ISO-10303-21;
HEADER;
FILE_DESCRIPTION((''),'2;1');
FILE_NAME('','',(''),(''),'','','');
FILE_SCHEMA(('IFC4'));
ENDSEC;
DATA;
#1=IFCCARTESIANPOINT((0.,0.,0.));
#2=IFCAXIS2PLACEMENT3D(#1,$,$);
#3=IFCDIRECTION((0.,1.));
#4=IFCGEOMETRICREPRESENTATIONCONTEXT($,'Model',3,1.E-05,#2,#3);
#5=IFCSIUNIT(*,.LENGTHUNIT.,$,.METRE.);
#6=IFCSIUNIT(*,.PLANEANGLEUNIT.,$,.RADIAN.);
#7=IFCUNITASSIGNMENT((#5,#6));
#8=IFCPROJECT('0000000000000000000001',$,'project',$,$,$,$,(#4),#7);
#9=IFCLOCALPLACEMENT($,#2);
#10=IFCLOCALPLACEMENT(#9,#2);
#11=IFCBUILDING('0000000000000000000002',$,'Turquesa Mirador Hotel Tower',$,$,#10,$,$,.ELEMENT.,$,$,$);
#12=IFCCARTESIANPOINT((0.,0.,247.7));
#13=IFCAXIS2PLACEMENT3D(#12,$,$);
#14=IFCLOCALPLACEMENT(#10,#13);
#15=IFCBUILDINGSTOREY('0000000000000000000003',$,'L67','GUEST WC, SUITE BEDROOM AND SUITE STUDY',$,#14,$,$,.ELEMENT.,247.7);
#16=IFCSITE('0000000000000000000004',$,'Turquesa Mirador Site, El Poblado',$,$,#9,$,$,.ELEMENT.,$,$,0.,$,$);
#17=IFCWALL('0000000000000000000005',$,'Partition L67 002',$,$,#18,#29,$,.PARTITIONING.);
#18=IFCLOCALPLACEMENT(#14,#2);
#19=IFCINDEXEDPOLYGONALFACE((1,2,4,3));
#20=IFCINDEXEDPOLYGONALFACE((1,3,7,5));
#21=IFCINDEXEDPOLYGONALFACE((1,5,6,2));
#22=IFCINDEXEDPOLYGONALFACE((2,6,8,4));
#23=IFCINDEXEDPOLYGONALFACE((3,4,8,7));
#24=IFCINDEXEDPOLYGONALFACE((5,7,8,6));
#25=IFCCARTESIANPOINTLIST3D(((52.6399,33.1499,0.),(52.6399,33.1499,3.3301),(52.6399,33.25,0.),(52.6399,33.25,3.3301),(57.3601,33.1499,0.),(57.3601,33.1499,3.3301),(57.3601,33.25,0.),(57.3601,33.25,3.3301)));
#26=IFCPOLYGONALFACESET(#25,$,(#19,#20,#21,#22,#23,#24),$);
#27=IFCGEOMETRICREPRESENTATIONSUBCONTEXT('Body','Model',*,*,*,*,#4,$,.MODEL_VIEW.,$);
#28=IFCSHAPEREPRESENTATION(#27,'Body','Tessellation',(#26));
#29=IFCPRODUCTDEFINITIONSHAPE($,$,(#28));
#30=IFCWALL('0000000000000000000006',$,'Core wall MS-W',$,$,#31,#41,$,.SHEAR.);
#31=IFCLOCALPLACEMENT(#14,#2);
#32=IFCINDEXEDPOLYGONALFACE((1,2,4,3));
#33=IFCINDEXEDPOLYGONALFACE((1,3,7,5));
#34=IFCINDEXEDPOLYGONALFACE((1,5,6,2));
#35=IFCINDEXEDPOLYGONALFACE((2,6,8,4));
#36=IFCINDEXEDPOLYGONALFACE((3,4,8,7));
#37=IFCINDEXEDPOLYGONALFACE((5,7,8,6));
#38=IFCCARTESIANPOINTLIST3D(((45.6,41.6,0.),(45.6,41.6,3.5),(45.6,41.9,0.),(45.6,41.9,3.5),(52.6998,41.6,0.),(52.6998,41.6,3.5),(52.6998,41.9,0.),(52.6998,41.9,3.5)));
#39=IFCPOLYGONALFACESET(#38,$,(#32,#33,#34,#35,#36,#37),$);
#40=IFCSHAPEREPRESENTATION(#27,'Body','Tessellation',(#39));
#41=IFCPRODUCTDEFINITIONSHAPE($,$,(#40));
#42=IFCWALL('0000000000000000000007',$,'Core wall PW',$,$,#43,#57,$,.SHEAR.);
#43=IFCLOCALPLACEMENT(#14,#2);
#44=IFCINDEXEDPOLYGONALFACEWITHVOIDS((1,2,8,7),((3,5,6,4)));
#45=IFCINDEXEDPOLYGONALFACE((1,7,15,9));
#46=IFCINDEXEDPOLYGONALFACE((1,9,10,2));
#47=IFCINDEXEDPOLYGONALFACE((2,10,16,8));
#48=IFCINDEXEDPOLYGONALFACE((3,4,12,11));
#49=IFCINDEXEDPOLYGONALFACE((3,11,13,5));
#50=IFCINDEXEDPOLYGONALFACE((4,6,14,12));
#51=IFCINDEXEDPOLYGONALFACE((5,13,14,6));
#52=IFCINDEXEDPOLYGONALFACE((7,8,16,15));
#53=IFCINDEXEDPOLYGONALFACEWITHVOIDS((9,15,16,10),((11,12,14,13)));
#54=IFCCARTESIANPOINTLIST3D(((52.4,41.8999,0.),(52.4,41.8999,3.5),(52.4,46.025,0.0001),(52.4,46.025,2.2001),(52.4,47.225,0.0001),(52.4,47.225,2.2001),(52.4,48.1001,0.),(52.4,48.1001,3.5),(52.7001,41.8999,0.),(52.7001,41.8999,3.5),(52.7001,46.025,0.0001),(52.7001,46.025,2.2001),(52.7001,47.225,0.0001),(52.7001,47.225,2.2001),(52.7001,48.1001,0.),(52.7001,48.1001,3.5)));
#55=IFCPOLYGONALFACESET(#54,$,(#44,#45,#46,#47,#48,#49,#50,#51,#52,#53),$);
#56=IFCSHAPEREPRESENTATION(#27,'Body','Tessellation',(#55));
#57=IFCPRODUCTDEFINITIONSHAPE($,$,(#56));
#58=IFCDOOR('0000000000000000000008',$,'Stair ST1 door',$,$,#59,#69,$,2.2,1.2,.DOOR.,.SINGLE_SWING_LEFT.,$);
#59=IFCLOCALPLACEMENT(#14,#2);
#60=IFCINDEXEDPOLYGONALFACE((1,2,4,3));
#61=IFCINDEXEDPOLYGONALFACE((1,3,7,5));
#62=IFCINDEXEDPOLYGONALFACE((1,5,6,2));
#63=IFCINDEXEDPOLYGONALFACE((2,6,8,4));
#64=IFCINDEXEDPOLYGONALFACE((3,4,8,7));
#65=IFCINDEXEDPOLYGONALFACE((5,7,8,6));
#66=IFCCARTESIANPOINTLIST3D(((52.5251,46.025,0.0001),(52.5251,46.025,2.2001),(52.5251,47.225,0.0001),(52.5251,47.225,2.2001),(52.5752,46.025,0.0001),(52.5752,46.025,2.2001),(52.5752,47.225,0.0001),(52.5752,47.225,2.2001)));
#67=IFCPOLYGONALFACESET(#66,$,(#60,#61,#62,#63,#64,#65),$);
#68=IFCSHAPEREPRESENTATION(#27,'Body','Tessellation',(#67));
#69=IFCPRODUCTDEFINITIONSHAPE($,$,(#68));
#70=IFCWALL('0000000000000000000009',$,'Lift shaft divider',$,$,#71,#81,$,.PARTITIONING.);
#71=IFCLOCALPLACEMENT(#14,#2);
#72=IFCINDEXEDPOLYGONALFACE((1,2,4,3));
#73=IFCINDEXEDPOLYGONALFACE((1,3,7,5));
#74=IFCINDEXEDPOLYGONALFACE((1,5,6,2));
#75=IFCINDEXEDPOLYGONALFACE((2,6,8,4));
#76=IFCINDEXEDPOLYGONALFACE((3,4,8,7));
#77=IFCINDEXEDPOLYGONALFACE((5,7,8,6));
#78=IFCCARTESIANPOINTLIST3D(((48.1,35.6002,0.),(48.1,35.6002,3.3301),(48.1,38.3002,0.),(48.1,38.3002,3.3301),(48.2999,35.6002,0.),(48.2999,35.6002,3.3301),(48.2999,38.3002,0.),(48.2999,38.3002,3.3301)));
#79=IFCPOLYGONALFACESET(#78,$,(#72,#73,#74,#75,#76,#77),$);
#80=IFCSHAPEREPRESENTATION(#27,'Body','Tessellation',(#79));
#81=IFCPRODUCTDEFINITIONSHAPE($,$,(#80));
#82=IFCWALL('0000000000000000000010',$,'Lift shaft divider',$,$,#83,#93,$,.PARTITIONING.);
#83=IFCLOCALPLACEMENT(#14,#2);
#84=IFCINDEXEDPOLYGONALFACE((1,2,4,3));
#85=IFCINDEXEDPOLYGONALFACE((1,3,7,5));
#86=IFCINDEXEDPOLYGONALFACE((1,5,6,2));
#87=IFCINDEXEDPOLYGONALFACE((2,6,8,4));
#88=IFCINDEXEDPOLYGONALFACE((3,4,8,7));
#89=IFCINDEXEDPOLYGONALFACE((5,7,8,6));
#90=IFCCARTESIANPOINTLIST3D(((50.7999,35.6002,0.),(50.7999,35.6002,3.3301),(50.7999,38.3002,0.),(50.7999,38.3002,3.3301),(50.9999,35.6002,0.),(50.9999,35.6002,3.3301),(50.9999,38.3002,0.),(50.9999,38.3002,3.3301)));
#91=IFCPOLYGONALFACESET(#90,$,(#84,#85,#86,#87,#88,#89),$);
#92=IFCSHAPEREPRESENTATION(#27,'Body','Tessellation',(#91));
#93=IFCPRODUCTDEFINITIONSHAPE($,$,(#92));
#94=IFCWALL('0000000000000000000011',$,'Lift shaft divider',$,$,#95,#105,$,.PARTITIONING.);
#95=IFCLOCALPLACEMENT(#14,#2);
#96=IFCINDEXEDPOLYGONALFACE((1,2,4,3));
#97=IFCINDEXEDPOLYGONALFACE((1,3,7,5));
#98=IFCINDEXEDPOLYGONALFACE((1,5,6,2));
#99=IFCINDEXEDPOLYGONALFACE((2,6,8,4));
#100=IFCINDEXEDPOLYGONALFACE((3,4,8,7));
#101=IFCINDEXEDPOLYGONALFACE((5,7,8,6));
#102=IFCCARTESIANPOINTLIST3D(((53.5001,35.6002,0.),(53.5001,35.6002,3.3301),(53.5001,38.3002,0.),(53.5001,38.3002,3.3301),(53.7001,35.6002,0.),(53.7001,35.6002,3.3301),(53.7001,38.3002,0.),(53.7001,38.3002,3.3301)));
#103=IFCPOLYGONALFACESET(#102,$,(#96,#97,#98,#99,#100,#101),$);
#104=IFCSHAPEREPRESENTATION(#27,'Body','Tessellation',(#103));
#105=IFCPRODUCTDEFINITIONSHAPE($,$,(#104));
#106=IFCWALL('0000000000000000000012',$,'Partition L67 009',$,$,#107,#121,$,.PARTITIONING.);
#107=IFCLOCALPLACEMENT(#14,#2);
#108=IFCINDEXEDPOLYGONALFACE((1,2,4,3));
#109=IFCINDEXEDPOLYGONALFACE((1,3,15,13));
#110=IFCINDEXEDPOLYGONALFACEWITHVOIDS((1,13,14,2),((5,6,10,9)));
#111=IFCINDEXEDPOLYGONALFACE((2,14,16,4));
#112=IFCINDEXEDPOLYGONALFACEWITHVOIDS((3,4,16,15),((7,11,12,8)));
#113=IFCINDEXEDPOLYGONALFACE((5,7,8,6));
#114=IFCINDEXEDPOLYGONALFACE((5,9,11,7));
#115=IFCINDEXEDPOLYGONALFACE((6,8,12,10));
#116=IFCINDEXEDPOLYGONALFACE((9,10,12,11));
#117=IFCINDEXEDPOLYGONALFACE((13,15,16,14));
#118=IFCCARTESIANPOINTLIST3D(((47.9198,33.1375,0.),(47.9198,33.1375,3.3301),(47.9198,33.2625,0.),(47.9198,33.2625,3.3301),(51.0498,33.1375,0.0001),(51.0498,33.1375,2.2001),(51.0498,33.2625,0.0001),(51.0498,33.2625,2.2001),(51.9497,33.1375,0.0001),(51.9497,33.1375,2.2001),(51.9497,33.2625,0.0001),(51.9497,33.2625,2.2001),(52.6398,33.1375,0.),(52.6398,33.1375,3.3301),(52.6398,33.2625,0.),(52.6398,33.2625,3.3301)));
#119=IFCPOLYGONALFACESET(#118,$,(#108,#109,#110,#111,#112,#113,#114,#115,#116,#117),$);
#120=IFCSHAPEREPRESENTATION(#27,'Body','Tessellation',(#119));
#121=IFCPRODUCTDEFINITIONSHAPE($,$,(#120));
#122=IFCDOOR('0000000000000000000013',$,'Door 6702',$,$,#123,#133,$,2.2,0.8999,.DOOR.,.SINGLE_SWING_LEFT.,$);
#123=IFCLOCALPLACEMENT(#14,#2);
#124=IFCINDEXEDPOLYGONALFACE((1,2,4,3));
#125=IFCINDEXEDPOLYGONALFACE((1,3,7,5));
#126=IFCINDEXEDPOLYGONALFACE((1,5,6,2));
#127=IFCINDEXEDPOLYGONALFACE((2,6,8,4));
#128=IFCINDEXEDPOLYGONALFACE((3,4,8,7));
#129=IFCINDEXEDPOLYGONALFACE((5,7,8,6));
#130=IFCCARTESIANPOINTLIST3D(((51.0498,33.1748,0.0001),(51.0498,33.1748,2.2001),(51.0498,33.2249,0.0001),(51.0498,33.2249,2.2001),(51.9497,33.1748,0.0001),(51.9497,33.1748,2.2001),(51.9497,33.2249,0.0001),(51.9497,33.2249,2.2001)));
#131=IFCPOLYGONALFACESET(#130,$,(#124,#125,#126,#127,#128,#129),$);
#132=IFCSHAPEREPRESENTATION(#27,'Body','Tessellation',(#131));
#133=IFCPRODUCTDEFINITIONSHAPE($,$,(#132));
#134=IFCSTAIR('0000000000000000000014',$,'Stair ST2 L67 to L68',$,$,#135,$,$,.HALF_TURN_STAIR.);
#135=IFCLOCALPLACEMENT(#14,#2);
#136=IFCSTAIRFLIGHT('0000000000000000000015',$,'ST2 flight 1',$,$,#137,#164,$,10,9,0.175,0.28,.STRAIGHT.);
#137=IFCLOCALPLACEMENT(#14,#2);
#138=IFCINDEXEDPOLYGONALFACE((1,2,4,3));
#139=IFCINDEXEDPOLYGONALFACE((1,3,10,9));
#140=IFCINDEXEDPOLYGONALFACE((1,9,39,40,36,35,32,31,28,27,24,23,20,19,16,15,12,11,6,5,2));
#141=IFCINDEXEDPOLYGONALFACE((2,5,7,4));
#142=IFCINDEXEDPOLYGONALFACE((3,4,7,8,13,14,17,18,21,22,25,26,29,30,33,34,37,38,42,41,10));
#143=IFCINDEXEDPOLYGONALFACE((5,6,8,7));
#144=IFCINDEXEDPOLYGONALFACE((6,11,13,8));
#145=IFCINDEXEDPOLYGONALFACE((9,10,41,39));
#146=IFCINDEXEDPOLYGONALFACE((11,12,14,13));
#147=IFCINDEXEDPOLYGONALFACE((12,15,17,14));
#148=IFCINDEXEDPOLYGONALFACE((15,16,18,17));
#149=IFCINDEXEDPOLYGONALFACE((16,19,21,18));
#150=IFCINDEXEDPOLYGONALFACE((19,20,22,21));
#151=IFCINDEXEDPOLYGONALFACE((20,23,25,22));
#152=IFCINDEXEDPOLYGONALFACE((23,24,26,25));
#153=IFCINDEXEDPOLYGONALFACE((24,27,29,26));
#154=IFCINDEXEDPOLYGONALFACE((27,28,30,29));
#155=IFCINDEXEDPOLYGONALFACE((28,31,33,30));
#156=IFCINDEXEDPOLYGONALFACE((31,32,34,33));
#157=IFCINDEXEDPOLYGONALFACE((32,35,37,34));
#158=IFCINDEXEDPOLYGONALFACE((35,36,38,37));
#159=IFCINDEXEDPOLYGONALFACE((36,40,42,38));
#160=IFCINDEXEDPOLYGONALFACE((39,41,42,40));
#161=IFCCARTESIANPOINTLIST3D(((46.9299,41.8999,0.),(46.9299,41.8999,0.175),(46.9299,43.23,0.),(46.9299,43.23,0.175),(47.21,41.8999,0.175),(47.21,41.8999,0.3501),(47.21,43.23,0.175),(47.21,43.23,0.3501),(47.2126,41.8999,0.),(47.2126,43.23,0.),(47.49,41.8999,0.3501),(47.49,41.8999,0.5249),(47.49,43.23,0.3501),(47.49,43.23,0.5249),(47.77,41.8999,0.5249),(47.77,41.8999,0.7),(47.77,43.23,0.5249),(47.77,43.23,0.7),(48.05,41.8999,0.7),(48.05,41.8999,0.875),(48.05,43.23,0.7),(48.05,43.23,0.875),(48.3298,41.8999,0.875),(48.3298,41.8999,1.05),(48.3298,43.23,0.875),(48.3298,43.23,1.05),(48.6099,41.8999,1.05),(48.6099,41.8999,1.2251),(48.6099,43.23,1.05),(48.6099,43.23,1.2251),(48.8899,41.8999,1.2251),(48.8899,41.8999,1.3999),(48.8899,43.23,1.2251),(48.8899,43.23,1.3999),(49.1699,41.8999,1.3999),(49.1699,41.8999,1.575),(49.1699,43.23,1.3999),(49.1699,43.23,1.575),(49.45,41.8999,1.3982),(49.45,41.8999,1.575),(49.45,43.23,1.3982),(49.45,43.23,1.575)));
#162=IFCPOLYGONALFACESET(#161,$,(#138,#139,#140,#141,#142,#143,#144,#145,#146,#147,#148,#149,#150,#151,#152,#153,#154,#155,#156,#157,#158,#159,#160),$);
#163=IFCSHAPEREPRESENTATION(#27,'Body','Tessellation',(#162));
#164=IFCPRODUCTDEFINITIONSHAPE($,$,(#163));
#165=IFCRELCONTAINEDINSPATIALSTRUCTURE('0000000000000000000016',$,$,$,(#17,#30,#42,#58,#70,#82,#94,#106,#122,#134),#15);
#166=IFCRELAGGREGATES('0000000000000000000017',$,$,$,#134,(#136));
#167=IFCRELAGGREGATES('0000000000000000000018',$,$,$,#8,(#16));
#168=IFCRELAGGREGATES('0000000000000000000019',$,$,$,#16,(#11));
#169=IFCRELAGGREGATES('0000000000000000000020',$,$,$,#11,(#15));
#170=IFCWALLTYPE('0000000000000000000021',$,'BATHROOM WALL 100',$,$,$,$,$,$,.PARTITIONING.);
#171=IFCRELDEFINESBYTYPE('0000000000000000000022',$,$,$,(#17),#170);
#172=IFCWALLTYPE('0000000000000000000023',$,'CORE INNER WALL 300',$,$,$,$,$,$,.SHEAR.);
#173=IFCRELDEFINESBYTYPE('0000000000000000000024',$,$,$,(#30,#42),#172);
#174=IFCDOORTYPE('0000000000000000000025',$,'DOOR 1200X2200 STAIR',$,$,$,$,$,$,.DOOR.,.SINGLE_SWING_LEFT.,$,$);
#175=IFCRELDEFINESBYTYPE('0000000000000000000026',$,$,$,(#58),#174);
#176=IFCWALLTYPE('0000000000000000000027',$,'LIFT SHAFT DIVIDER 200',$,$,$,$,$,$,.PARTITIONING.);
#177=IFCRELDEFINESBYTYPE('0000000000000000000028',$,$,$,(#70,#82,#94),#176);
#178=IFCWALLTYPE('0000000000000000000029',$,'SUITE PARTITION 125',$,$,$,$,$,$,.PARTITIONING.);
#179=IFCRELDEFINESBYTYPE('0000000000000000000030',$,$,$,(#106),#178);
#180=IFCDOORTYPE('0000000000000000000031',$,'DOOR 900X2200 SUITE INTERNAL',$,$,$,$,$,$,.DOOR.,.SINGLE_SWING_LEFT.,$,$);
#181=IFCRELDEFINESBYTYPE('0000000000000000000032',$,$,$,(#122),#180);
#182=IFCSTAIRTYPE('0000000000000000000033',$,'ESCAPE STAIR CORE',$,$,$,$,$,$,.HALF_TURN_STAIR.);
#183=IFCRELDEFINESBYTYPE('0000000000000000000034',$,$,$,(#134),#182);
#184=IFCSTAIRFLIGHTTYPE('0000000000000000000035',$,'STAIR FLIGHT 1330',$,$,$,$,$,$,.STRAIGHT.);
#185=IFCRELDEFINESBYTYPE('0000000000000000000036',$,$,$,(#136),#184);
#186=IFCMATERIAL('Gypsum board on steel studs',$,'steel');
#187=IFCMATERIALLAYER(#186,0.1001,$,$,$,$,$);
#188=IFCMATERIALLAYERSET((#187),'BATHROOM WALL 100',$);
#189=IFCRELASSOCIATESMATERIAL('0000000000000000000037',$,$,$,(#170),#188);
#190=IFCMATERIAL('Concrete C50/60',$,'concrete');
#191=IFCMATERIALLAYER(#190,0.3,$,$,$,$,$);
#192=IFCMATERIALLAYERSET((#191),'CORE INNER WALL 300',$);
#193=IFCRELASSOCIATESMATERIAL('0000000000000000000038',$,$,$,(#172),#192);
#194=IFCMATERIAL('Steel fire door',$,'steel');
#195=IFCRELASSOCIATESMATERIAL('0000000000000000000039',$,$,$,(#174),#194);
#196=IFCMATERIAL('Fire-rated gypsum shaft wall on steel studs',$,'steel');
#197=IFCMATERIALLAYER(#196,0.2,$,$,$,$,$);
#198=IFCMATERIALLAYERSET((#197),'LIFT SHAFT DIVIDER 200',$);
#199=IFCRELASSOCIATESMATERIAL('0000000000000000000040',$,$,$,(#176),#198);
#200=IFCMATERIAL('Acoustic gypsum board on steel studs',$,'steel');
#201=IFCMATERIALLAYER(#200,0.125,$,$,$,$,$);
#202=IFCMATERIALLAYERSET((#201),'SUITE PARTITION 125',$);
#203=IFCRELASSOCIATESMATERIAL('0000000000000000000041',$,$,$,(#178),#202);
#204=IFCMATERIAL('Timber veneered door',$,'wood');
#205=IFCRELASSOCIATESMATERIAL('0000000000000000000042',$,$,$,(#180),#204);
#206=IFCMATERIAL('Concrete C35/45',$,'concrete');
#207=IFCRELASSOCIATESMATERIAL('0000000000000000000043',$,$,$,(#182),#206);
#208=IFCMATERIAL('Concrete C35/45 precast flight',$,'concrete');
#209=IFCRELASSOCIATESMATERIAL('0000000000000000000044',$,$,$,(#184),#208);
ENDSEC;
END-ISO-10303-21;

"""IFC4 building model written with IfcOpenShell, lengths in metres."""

from ifc_helpers import new_model, si_unit, direction, frame, frame_2d, origin, place, context, subcontext, project, spatial, polyline, rectangle, outline, extrude, material, layer, layer_set, type_object, element, fill, aggregate, save


model = new_model("IFC4")

# Units and contexts
model_context = context("Model", 3, precision=1e-05, world=origin(), true_north=direction((0.0, 1.0)))
body_context = subcontext(model_context, "Body", "Model", "MODEL_VIEW")
ifc_project = project(units=[si_unit("LENGTHUNIT", "METRE"), si_unit("PLANEANGLEUNIT", "RADIAN")], contexts=[model_context])

# Site, building, storey
site_placement = place(None, origin())
site = spatial("IfcSite", under=ifc_project, at=site_placement, Name="Turquesa Mirador Site, El Poblado", CompositionType="ELEMENT", RefElevation=0.0)
building_placement = place(site_placement, origin())
building = spatial("IfcBuilding", under=site, at=building_placement, Name="Turquesa Mirador Hotel Tower", CompositionType="ELEMENT")
storey_placement = place(building_placement, frame((0.0, 0.0, 247.7)))
storey = spatial("IfcBuildingStorey", under=building, at=storey_placement, Name="L67", Description="GUEST WC, SUITE BEDROOM AND SUITE STUDY", CompositionType="ELEMENT", Elevation=247.7)

# Walls
ifc_material_1 = material(Name="Gypsum board on steel studs", Category="steel")
ifc_layer_1 = layer(ifc_material_1, 0.1001)
ifc_layer_set_1 = layer_set([ifc_layer_1], Name="BATHROOM WALL 100")
wall_type_1 = type_object("IfcWallType", Name="BATHROOM WALL 100", PredefinedType="PARTITIONING", material=ifc_layer_set_1)
wall_1_placement = place(storey_placement, frame((52.6399, 33.2, 0.0), z_axis=(0.0, 0.0, 1.0), x_axis=(1.0, 0.0, 0.0)))
element("IfcWall", 1, at=wall_1_placement, inside=storey, type_object=wall_type_1, Name="Partition L67 002", PredefinedType="PARTITIONING", context=body_context, shape_type="SweptSolid", body=[
    extrude(rectangle(XDim=4.7202, YDim=0.1001, at=frame_2d((2.3601, 0.0))), origin(), (0.0, 0.0, 1.0), 3.3301),
])
ifc_material_2 = material(Name="Concrete C50/60", Category="concrete")
ifc_layer_2 = layer(ifc_material_2, 0.3)
ifc_layer_set_2 = layer_set([ifc_layer_2], Name="CORE INNER WALL 300")
wall_type_2 = type_object("IfcWallType", Name="CORE INNER WALL 300", PredefinedType="SHEAR", material=ifc_layer_set_2)
wall_2_placement = place(storey_placement, frame((45.6001, 41.75, 0.0), z_axis=(0.0, 0.0, 1.0), x_axis=(1.0, 0.0, 0.0)))
element("IfcWall", 2, at=wall_2_placement, inside=storey, type_object=wall_type_2, Name="Core wall MS-W", PredefinedType="SHEAR", context=body_context, shape_type="SweptSolid", body=[
    extrude(rectangle(XDim=7.0999, YDim=0.3, at=frame_2d((3.5498, 0.0))), origin(), (0.0, 0.0, 1.0), 3.5),
])

# Wall, opening, door
wall_3_placement = place(storey_placement, frame((52.55, 41.8999, 0.0), z_axis=(0.0, 0.0, 1.0), x_axis=(0.0, 1.0, 0.0)))
wall_3 = element("IfcWall", 3, at=wall_3_placement, inside=storey, type_object=wall_type_2, Name="Core wall PW", PredefinedType="SHEAR", context=body_context, shape_type="SweptSolid", body=[
    extrude(rectangle(XDim=6.2002, YDim=0.3, at=frame_2d((3.1001, 0.0))), origin(), (0.0, 0.0, 1.0), 3.5),
])
opening_1_placement = place(wall_3_placement, frame((4.125, 0.0, 0.0)))
opening_1 = element("IfcOpeningElement", 4, at=opening_1_placement, cuts=wall_3, PredefinedType="OPENING", context=body_context, shape_type="SweptSolid", body=[
    extrude(rectangle(XDim=1.2, YDim=2.2, at=frame_2d((0.6001, 1.1001))), frame((0.0, 0.1599, 0.0), z_axis=(0.0, -1.0, 0.0), x_axis=(1.0, 0.0, 0.0)), (0.0, 0.0, 1.0), 0.3201),
])
ifc_material_3 = material(Name="Steel fire door", Category="steel")
door_type_1 = type_object("IfcDoorType", Name="DOOR 1200X2200 STAIR", OperationType="SINGLE_SWING_LEFT", PredefinedType="DOOR", material=ifc_material_3)
door_1_placement = place(opening_1_placement, origin())
door_1 = element("IfcDoor", 5, at=door_1_placement, inside=storey, type_object=door_type_1, Name="Stair ST1 door", OperationType="SINGLE_SWING_LEFT", OverallHeight=2.2, OverallWidth=1.2, PredefinedType="DOOR", context=body_context, shape_type="SweptSolid", body=[
    extrude(rectangle(XDim=1.2, YDim=2.2, at=frame_2d((0.6001, 1.1001))), frame((0.0, 0.0249, 0.0), z_axis=(0.0, -1.0, 0.0), x_axis=(1.0, 0.0, 0.0)), (0.0, 0.0, 1.0), 0.05),
])
fill(opening_1, door_1)

# Walls
ifc_material_4 = material(Name="Fire-rated gypsum shaft wall on steel studs", Category="steel")
ifc_layer_3 = layer(ifc_material_4, 0.2)
ifc_layer_set_3 = layer_set([ifc_layer_3], Name="LIFT SHAFT DIVIDER 200")
wall_type_3 = type_object("IfcWallType", Name="LIFT SHAFT DIVIDER 200", PredefinedType="PARTITIONING", material=ifc_layer_set_3)
for number, where, z_axis, x_axis, name in (
    (6, (48.2, 35.6001, 0.0), (0.0, 0.0, 1.0), (0.0, 1.0, 0.0), "Lift shaft divider"),
    (7, (50.8999, 35.6001, 0.0), (0.0, 0.0, 1.0), (0.0, 1.0, 0.0), "Lift shaft divider"),
    (8, (53.6001, 35.6001, 0.0), (0.0, 0.0, 1.0), (0.0, 1.0, 0.0), "Lift shaft divider"),
):
    element("IfcWall", number, at=place(storey_placement, frame(where, z_axis=z_axis, x_axis=x_axis)), inside=storey, type_object=wall_type_3, Name=name, PredefinedType="PARTITIONING", context=body_context, shape_type="SweptSolid", body=[
        extrude(rectangle(XDim=2.7, YDim=0.2, at=frame_2d((1.3501, 0.0))), origin(), (0.0, 0.0, 1.0), 3.3301),
    ])

# Wall, opening, door
ifc_material_5 = material(Name="Acoustic gypsum board on steel studs", Category="steel")
ifc_layer_4 = layer(ifc_material_5, 0.125)
ifc_layer_set_4 = layer_set([ifc_layer_4], Name="SUITE PARTITION 125")
wall_type_4 = type_object("IfcWallType", Name="SUITE PARTITION 125", PredefinedType="PARTITIONING", material=ifc_layer_set_4)
wall_4_placement = place(storey_placement, frame((47.9199, 33.2, 0.0), z_axis=(0.0, 0.0, 1.0), x_axis=(1.0, 0.0, 0.0)))
wall_4 = element("IfcWall", 9, at=wall_4_placement, inside=storey, type_object=wall_type_4, Name="Partition L67 009", PredefinedType="PARTITIONING", context=body_context, shape_type="SweptSolid", body=[
    extrude(rectangle(XDim=4.72, YDim=0.125, at=frame_2d((2.3599, 0.0))), origin(), (0.0, 0.0, 1.0), 3.3301),
])
opening_2_placement = place(wall_4_placement, frame((3.1299, 0.0, 0.0)))
opening_2 = element("IfcOpeningElement", 10, at=opening_2_placement, cuts=wall_4, PredefinedType="OPENING", context=body_context, shape_type="SweptSolid", body=[
    extrude(rectangle(XDim=0.8999, YDim=2.2, at=frame_2d((0.45, 1.1001))), frame((0.0, 0.0725, 0.0), z_axis=(0.0, -1.0, 0.0), x_axis=(1.0, 0.0, 0.0)), (0.0, 0.0, 1.0), 0.145),
])
ifc_material_6 = material(Name="Timber veneered door", Category="wood")
door_type_2 = type_object("IfcDoorType", Name="DOOR 900X2200 SUITE INTERNAL", OperationType="SINGLE_SWING_LEFT", PredefinedType="DOOR", material=ifc_material_6)
door_2_placement = place(opening_2_placement, origin())
door_2 = element("IfcDoor", 11, at=door_2_placement, inside=storey, type_object=door_type_2, Name="Door 6702", OperationType="SINGLE_SWING_LEFT", OverallHeight=2.2, OverallWidth=0.8999, PredefinedType="DOOR", context=body_context, shape_type="SweptSolid", body=[
    extrude(rectangle(XDim=0.8999, YDim=2.2, at=frame_2d((0.45, 1.1001))), frame((0.0, 0.0249, 0.0), z_axis=(0.0, -1.0, 0.0), x_axis=(1.0, 0.0, 0.0)), (0.0, 0.0, 1.0), 0.05),
])
fill(opening_2, door_2)

# Stair, stair flight
ifc_material_7 = material(Name="Concrete C35/45", Category="concrete")
stair_type = type_object("IfcStairType", Name="ESCAPE STAIR CORE", PredefinedType="HALF_TURN_STAIR", material=ifc_material_7)
stair_placement = place(storey_placement, origin())
stair = element("IfcStair", 12, at=stair_placement, inside=storey, type_object=stair_type, Name="Stair ST2 L67 to L68", PredefinedType="HALF_TURN_STAIR")
ifc_material_8 = material(Name="Concrete C35/45 precast flight", Category="concrete")
stair_flight_type = type_object("IfcStairFlightType", Name="STAIR FLIGHT 1330", PredefinedType="STRAIGHT", material=ifc_material_8)
stair_flight_placement = place(storey_placement, frame((46.9299, 42.5649, 0.0), z_axis=(0.0, 0.0, 1.0), x_axis=(1.0, 0.0, 0.0)))
stair_flight = element("IfcStairFlight", 13, at=stair_flight_placement, type_object=stair_flight_type, Name="ST2 flight 1", NumberOfRisers=10, NumberOfTreads=9, PredefinedType="STRAIGHT", RiserHeight=0.175, TreadLength=0.28, context=body_context, shape_type="SweptSolid", body=[
    extrude(outline(polyline([(0.0, 0.0), (0.0, 0.175), (0.28, 0.175), (0.28, 0.3501), (0.5601, 0.3501), (0.5601, 0.5249), (0.8401, 0.5249), (0.8401, 0.7), (1.1201, 0.7), (1.1201, 0.875), (1.3999, 0.875), (1.3999, 1.05), (1.6799, 1.05), (1.6799, 1.2251), (1.96, 1.2251), (1.96, 1.3999), (2.24, 1.3999), (2.24, 1.575), (2.52, 1.575), (2.52, 1.75), (2.52, 1.3982), (0.2827, 0.0), (0.0, 0.0)])), frame((0.0, 0.665, 0.0), z_axis=(0.0, -1.0, 0.0), x_axis=(1.0, 0.0, 0.0)), (0.0, 0.0, 1.0), 1.3301),
])
aggregate(stair, [stair_flight])

save(model, "model.ifc")
